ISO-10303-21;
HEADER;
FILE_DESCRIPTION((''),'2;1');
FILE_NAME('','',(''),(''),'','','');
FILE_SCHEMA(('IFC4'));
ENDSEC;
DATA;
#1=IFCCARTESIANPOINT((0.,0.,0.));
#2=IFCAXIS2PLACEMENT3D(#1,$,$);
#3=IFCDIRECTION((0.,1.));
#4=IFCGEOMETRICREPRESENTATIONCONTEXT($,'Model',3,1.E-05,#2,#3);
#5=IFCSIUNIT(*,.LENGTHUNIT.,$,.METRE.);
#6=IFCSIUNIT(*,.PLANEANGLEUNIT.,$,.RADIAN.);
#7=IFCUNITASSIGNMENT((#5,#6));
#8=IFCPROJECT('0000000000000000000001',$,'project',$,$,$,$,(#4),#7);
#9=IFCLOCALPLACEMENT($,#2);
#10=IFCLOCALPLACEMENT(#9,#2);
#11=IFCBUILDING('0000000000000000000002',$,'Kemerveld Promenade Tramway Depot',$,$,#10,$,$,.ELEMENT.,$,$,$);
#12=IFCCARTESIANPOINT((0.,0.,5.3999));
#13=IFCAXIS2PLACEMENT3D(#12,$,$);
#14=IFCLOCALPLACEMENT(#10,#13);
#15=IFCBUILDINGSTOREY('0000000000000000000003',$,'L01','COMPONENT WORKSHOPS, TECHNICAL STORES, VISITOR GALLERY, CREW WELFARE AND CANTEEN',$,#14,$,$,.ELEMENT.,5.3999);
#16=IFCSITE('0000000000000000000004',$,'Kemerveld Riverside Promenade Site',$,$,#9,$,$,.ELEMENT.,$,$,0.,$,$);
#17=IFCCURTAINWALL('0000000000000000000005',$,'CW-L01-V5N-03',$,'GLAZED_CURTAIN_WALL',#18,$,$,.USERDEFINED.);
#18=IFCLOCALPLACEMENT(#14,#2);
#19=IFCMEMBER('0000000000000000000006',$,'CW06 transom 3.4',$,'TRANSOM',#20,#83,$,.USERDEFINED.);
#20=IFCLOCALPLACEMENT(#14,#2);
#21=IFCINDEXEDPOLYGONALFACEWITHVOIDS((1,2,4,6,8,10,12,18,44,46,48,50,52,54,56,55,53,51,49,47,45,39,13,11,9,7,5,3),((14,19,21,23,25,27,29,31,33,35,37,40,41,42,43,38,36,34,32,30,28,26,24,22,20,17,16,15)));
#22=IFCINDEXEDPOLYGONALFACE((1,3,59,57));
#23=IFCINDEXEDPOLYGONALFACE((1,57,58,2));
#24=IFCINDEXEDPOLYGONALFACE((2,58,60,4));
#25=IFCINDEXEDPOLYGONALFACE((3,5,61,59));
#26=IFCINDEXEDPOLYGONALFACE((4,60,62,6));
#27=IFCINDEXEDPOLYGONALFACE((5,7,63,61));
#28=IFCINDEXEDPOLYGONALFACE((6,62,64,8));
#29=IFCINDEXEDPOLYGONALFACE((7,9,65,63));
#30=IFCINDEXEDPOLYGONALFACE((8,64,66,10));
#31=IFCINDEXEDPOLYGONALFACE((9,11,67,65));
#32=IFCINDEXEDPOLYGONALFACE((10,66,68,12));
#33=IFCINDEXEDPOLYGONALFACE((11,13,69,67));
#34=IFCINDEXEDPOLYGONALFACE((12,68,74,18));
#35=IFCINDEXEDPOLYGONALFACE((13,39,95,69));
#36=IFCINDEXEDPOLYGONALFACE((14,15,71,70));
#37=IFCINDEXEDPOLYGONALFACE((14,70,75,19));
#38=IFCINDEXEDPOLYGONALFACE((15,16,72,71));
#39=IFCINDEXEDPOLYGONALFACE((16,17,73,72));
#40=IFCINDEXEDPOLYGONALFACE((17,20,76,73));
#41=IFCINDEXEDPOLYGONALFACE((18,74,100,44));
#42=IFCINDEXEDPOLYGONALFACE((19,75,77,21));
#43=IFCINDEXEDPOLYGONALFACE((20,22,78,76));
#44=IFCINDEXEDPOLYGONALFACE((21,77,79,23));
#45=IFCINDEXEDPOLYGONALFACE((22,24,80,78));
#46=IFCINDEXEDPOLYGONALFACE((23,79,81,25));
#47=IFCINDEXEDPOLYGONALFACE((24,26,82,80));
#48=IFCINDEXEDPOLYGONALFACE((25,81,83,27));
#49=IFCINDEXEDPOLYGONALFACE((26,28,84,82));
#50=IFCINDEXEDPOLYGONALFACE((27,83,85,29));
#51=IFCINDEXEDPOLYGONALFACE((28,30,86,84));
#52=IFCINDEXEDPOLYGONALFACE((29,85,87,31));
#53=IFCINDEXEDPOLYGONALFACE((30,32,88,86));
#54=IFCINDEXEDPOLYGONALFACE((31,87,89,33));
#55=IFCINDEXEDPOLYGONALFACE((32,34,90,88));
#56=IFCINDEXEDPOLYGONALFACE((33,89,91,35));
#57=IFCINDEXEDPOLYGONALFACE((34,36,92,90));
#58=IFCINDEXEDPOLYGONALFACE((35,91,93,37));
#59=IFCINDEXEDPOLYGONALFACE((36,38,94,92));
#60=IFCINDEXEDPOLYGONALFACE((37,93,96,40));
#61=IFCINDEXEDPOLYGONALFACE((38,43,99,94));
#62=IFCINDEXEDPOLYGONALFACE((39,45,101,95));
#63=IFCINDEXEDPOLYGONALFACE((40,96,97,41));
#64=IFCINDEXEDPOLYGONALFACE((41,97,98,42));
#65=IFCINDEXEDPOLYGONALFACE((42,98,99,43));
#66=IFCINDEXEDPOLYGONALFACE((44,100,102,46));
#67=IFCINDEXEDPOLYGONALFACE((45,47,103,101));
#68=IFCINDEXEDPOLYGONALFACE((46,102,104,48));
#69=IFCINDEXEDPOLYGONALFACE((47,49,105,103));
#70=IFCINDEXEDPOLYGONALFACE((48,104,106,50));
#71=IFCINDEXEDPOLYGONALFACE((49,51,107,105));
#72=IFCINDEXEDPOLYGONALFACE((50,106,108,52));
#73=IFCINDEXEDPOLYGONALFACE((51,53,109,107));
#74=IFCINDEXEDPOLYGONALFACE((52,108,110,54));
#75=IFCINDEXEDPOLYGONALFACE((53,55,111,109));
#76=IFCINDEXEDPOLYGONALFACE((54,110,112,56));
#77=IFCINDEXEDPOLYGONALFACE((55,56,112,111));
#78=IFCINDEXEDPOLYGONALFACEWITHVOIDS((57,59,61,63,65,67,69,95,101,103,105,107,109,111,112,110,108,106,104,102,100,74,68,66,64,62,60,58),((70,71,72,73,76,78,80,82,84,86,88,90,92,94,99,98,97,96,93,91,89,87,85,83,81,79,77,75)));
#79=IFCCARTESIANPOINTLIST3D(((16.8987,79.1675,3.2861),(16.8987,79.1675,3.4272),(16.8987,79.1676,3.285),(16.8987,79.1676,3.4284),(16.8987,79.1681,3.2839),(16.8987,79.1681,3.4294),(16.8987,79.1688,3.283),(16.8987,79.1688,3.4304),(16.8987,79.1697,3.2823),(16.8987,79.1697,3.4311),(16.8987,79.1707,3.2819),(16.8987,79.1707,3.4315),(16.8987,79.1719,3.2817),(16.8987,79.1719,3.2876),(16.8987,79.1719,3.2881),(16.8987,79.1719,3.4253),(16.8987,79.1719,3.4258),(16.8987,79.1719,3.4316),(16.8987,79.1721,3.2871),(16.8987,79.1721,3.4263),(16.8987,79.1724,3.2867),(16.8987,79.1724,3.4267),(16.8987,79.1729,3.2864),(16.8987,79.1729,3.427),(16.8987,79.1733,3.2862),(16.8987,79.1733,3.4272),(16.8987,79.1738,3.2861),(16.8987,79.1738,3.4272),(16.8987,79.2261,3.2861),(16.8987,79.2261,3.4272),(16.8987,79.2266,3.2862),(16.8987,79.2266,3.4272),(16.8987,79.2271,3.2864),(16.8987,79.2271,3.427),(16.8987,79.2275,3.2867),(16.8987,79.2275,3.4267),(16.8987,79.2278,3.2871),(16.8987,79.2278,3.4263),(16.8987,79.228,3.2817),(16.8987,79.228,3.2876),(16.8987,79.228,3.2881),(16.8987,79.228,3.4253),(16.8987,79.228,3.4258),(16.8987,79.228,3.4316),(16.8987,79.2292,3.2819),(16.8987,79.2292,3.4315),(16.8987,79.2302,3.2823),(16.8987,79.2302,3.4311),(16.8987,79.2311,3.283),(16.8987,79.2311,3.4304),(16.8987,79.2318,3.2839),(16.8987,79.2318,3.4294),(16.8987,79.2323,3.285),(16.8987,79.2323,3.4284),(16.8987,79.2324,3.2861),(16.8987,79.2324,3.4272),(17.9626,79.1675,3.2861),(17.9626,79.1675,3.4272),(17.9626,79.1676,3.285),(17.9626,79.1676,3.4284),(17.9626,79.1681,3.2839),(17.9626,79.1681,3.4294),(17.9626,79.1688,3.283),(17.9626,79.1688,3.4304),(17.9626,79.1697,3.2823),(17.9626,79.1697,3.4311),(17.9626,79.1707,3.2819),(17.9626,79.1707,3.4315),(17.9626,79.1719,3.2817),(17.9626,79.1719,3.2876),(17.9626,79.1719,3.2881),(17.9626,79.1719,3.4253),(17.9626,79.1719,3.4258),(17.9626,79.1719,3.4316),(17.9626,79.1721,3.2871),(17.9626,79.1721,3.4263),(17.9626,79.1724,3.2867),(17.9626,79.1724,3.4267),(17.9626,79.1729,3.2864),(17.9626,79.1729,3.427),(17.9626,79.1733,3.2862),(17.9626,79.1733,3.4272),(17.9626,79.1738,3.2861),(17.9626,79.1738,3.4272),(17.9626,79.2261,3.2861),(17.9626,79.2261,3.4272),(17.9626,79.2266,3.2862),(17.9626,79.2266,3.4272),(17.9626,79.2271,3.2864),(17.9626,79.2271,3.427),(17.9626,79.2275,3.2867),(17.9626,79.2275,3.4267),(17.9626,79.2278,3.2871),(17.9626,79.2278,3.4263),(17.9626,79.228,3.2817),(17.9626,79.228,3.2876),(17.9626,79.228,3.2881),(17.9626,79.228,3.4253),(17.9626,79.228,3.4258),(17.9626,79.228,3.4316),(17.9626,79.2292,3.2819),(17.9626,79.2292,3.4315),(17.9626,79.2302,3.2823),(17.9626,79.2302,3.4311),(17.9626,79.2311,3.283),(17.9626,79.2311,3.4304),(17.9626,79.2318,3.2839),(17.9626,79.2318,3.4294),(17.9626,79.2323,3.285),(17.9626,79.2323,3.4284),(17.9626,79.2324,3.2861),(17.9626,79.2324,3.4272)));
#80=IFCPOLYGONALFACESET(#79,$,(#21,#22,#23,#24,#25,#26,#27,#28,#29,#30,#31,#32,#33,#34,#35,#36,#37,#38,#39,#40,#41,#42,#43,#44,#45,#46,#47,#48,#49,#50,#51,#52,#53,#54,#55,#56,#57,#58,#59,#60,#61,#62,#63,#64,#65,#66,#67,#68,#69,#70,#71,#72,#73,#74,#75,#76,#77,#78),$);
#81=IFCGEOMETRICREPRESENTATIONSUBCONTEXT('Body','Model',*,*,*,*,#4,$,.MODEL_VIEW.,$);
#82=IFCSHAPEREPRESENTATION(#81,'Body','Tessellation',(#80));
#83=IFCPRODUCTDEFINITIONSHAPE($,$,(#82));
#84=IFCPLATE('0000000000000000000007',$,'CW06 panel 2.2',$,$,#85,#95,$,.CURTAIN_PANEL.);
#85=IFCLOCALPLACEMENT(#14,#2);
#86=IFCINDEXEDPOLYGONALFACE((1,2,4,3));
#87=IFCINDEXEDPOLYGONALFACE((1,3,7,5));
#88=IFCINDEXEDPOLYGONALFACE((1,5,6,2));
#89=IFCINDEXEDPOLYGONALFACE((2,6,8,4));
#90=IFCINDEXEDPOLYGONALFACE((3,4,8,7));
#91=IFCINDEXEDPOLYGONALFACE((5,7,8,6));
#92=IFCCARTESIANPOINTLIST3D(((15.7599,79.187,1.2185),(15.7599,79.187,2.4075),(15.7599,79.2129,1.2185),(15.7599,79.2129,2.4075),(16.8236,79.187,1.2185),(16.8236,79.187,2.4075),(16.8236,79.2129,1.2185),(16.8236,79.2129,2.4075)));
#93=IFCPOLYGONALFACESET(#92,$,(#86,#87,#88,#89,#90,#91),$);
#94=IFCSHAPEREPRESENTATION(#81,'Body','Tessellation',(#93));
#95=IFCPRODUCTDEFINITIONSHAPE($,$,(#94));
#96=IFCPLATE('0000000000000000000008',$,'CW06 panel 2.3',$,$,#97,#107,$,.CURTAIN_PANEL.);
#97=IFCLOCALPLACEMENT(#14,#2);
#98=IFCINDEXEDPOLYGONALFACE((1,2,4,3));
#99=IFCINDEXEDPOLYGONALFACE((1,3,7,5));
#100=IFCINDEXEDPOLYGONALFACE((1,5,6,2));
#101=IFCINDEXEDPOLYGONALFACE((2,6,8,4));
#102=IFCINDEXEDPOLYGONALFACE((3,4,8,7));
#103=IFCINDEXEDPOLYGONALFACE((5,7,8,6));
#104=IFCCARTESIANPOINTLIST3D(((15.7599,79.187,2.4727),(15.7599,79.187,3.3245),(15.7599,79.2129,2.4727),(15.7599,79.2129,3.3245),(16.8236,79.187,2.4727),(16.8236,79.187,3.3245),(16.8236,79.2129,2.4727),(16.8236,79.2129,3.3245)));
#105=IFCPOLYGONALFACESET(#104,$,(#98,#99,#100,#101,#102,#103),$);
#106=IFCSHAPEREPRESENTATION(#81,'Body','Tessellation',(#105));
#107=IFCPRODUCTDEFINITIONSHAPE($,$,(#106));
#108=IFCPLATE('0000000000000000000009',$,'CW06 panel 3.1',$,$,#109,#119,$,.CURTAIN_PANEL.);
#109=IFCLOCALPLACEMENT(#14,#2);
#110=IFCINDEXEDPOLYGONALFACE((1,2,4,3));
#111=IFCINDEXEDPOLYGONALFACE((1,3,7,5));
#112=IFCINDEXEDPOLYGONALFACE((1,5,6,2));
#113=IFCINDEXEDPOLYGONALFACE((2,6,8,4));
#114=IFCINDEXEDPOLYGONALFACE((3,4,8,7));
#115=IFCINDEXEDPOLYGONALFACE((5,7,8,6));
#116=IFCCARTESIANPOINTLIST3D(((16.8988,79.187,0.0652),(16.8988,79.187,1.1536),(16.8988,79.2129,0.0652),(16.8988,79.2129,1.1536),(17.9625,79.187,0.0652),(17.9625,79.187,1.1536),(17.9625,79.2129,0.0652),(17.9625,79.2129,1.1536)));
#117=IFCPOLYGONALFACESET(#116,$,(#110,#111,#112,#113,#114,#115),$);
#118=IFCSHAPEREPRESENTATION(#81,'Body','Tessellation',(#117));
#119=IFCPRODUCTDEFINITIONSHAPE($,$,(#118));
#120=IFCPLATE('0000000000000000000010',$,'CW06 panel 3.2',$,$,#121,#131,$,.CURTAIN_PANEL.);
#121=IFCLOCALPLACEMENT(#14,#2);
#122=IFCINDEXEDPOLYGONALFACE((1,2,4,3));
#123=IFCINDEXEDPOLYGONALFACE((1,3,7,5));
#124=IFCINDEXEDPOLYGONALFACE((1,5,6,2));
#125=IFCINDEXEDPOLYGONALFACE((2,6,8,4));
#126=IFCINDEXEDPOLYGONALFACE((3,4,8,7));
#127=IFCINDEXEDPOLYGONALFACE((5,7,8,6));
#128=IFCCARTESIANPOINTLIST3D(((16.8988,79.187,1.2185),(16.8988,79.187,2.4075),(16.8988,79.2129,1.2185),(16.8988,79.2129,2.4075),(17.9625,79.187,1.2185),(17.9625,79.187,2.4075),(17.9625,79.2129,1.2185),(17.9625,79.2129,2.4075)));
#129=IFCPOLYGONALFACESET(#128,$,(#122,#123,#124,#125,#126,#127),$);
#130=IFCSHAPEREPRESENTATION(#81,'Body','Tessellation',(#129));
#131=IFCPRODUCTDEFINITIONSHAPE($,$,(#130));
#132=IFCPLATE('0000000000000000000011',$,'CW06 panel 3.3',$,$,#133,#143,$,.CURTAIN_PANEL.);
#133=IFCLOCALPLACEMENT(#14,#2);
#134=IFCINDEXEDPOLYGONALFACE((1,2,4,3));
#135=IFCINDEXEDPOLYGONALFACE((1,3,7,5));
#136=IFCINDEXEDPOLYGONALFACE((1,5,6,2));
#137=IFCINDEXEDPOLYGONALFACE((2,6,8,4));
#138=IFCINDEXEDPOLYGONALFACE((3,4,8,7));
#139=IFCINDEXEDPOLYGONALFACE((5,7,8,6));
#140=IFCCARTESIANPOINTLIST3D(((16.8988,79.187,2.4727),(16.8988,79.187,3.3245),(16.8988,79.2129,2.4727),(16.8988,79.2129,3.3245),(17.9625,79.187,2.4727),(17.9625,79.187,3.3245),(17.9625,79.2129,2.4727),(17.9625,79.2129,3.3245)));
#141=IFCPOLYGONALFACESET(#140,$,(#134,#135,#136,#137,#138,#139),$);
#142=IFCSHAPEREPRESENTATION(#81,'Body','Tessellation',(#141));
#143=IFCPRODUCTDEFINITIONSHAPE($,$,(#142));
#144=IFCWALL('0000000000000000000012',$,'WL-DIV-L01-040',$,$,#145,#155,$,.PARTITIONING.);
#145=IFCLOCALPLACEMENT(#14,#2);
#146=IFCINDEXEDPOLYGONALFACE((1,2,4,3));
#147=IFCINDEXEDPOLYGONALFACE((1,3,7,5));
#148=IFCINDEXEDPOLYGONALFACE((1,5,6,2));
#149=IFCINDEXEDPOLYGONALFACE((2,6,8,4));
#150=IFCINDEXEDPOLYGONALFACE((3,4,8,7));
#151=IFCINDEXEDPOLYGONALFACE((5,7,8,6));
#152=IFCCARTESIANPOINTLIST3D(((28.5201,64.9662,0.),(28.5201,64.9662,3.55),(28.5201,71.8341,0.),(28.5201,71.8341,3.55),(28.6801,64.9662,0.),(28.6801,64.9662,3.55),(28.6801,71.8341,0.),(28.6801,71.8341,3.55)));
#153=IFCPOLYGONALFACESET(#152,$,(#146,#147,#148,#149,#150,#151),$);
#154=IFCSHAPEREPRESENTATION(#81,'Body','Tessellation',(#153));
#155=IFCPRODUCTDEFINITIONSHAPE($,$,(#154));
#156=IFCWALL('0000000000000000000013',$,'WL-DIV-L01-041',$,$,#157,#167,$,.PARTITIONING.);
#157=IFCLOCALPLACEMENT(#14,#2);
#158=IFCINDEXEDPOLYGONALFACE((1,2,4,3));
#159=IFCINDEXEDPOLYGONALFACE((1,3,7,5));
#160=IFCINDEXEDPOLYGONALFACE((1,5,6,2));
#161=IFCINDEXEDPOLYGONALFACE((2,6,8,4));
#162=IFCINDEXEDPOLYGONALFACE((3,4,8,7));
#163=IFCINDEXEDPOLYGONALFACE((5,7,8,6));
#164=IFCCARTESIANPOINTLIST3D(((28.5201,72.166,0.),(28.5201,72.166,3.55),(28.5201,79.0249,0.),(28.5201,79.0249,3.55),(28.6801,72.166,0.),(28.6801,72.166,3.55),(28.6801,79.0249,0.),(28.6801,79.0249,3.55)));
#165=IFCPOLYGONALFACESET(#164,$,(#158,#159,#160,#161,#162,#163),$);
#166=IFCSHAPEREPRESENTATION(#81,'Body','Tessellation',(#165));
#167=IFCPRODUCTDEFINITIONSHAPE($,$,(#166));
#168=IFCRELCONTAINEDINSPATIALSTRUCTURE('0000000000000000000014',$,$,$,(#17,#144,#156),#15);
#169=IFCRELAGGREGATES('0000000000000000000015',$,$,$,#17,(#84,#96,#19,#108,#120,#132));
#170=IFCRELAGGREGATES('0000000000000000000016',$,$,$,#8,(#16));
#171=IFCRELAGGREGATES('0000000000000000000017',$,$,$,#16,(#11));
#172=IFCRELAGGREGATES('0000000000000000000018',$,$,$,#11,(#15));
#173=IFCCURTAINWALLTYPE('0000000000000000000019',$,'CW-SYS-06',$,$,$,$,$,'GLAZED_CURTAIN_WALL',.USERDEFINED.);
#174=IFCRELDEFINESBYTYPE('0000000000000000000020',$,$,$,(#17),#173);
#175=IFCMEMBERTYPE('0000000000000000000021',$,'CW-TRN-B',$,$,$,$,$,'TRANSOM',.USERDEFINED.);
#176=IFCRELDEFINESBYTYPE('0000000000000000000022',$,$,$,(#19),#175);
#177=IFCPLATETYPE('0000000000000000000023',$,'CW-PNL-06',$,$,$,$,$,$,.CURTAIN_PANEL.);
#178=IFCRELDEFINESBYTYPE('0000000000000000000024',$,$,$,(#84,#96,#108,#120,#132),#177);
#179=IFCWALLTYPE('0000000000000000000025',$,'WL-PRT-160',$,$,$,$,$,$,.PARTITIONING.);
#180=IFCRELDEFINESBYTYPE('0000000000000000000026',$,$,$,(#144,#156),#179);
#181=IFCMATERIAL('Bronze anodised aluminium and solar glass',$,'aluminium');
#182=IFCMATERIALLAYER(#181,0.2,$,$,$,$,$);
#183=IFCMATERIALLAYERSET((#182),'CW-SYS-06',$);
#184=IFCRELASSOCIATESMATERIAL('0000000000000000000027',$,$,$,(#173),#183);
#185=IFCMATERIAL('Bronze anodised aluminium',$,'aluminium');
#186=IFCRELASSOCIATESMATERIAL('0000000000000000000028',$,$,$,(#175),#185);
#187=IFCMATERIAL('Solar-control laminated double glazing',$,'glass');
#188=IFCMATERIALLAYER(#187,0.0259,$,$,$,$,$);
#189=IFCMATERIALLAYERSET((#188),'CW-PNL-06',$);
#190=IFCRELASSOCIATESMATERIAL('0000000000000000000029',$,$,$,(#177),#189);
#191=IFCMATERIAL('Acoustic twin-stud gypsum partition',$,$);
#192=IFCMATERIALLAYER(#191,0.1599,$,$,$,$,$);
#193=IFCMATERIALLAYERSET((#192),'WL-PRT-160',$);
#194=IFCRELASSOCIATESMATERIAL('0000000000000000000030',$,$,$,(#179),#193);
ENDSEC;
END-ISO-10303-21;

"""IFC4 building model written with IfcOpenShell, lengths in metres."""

from ifc_helpers import new_model, si_unit, direction, frame, frame_2d, origin, origin_2d, place, context, subcontext, project, spatial, rectangle, hollow_rectangle, extrude, material, layer, layer_set, material_profile, profile_set, type_object, element, aggregate, save


model = new_model("IFC4")

# Units and contexts
model_context = context("Model", 3, precision=1e-05, world=origin(), true_north=direction((0.0, 1.0)))
body_context = subcontext(model_context, "Body", "Model", "MODEL_VIEW")
ifc_project = project(units=[si_unit("LENGTHUNIT", "METRE"), si_unit("PLANEANGLEUNIT", "RADIAN")], contexts=[model_context])

# Site, building, storey
site_placement = place(None, origin())
site = spatial("IfcSite", under=ifc_project, at=site_placement, Name="Kemerveld Riverside Promenade Site", CompositionType="ELEMENT", RefElevation=0.0)
building_placement = place(site_placement, origin())
building = spatial("IfcBuilding", under=site, at=building_placement, Name="Kemerveld Promenade Tramway Depot", CompositionType="ELEMENT")
storey_placement = place(building_placement, frame((0.0, 0.0, 5.3999)))
storey = spatial("IfcBuildingStorey", under=building, at=storey_placement, Name="L01", Description="COMPONENT WORKSHOPS, TECHNICAL STORES, VISITOR GALLERY, CREW WELFARE AND CANTEEN", CompositionType="ELEMENT", Elevation=5.3999)

# Curtain wall, member, plates
ifc_material_1 = material(Name="Bronze anodised aluminium and solar glass", Category="aluminium")
ifc_layer_1 = layer(ifc_material_1, 0.2)
ifc_layer_set_1 = layer_set([ifc_layer_1], Name="CW-SYS-06")
curtain_wall_type = type_object("IfcCurtainWallType", Name="CW-SYS-06", ElementType="GLAZED_CURTAIN_WALL", PredefinedType="USERDEFINED", material=ifc_layer_set_1)
curtain_wall_placement = place(storey_placement, origin())
curtain_wall = element("IfcCurtainWall", 1, at=curtain_wall_placement, inside=storey, type_object=curtain_wall_type, Name="CW-L01-V5N-03", ObjectType="GLAZED_CURTAIN_WALL", PredefinedType="USERDEFINED")
ifc_material_2 = material(Name="Bronze anodised aluminium", Category="aluminium")
ifc_material_profile_1 = material_profile(ifc_material_2, hollow_rectangle(XDim=0.0649, YDim=0.1499, WallThickness=0.0044, InnerFilletRadius=0.002, OuterFilletRadius=0.0044, at=origin_2d()), Name="CW-TRN-150x65")
ifc_profile_set_1 = profile_set([ifc_material_profile_1], Name="Bronze anodised aluminium")
member_type_1 = type_object("IfcMemberType", Name="CW-TRN-B", ElementType="TRANSOM", PredefinedType="USERDEFINED", material=ifc_profile_set_1)
member_1_placement = place(storey_placement, frame((16.8987, 79.2, 3.3567), z_axis=(1.0, 0.0, 0.0), x_axis=(0.0, 1.0, 0.0)))
member_1 = element("IfcMember", 2, at=member_1_placement, type_object=member_type_1, Name="CW06 transom 3.4", ObjectType="TRANSOM", PredefinedType="USERDEFINED", context=body_context, shape_type="SweptSolid", body=[
    extrude(hollow_rectangle(XDim=0.0649, YDim=0.1499, WallThickness=0.0044, InnerFilletRadius=0.002, OuterFilletRadius=0.0044, at=origin_2d()), origin(), (0.0, 0.0, 1.0), 1.064),
])
ifc_material_3 = material(Name="Solar-control laminated double glazing", Category="glass")
ifc_layer_2 = layer(ifc_material_3, 0.0259)
ifc_layer_set_2 = layer_set([ifc_layer_2], Name="CW-PNL-06")
plate_type = type_object("IfcPlateType", Name="CW-PNL-06", PredefinedType="CURTAIN_PANEL", material=ifc_layer_set_2)
plate_1_placement = place(storey_placement, frame((16.2917, 79.2, 1.2185), z_axis=(0.0, 0.0, 1.0), x_axis=(1.0, 0.0, 0.0)))
plate_1 = element("IfcPlate", 3, at=plate_1_placement, type_object=plate_type, Name="CW06 panel 2.2", PredefinedType="CURTAIN_PANEL", context=body_context, shape_type="SweptSolid", body=[
    extrude(rectangle(XDim=1.0637, YDim=0.0259, at=origin_2d()), origin(), (0.0, 0.0, 1.0), 1.189),
])
plate_2_placement = place(storey_placement, frame((16.2917, 79.2, 2.4727), z_axis=(0.0, 0.0, 1.0), x_axis=(1.0, 0.0, 0.0)))
plate_2 = element("IfcPlate", 4, at=plate_2_placement, type_object=plate_type, Name="CW06 panel 2.3", PredefinedType="CURTAIN_PANEL", context=body_context, shape_type="SweptSolid", body=[
    extrude(rectangle(XDim=1.0637, YDim=0.0259, at=origin_2d()), origin(), (0.0, 0.0, 1.0), 0.8518),
])
plate_3_placement = place(storey_placement, frame((17.4307, 79.2, 0.0652), z_axis=(0.0, 0.0, 1.0), x_axis=(1.0, 0.0, 0.0)))
plate_3 = element("IfcPlate", 5, at=plate_3_placement, type_object=plate_type, Name="CW06 panel 3.1", PredefinedType="CURTAIN_PANEL", context=body_context, shape_type="SweptSolid", body=[
    extrude(rectangle(XDim=1.0637, YDim=0.0259, at=origin_2d()), origin(), (0.0, 0.0, 1.0), 1.0884),
])
plate_4_placement = place(storey_placement, frame((17.4307, 79.2, 1.2185), z_axis=(0.0, 0.0, 1.0), x_axis=(1.0, 0.0, 0.0)))
plate_4 = element("IfcPlate", 6, at=plate_4_placement, type_object=plate_type, Name="CW06 panel 3.2", PredefinedType="CURTAIN_PANEL", context=body_context, shape_type="SweptSolid", body=[
    extrude(rectangle(XDim=1.0637, YDim=0.0259, at=origin_2d()), origin(), (0.0, 0.0, 1.0), 1.189),
])
plate_5_placement = place(storey_placement, frame((17.4307, 79.2, 2.4727), z_axis=(0.0, 0.0, 1.0), x_axis=(1.0, 0.0, 0.0)))
plate_5 = element("IfcPlate", 7, at=plate_5_placement, type_object=plate_type, Name="CW06 panel 3.3", PredefinedType="CURTAIN_PANEL", context=body_context, shape_type="SweptSolid", body=[
    extrude(rectangle(XDim=1.0637, YDim=0.0259, at=origin_2d()), origin(), (0.0, 0.0, 1.0), 0.8518),
])
aggregate(curtain_wall, [plate_1, plate_2, member_1, plate_3, plate_4, plate_5])

# Walls
ifc_material_4 = material(Name="Acoustic twin-stud gypsum partition")
ifc_layer_3 = layer(ifc_material_4, 0.1599)
ifc_layer_set_3 = layer_set([ifc_layer_3], Name="WL-PRT-160")
wall_type = type_object("IfcWallType", Name="WL-PRT-160", PredefinedType="PARTITIONING", material=ifc_layer_set_3)
wall_1_placement = place(storey_placement, frame((28.6001, 64.9661, 0.0), z_axis=(0.0, 0.0, 1.0), x_axis=(0.0, 1.0, 0.0)))
element("IfcWall", 8, at=wall_1_placement, inside=storey, type_object=wall_type, Name="WL-DIV-L01-040", PredefinedType="PARTITIONING", context=body_context, shape_type="SweptSolid", body=[
    extrude(rectangle(XDim=6.8679, YDim=0.1599, at=frame_2d((3.4341, 0.0))), origin(), (0.0, 0.0, 1.0), 3.55),
])
wall_2_placement = place(storey_placement, frame((28.6001, 72.166, 0.0), z_axis=(0.0, 0.0, 1.0), x_axis=(0.0, 1.0, 0.0)))
element("IfcWall", 9, at=wall_2_placement, inside=storey, type_object=wall_type, Name="WL-DIV-L01-041", PredefinedType="PARTITIONING", context=body_context, shape_type="SweptSolid", body=[
    extrude(rectangle(XDim=6.8589, YDim=0.1599, at=frame_2d((3.4294, 0.0))), origin(), (0.0, 0.0, 1.0), 3.55),
])

save(model, "model.ifc")
